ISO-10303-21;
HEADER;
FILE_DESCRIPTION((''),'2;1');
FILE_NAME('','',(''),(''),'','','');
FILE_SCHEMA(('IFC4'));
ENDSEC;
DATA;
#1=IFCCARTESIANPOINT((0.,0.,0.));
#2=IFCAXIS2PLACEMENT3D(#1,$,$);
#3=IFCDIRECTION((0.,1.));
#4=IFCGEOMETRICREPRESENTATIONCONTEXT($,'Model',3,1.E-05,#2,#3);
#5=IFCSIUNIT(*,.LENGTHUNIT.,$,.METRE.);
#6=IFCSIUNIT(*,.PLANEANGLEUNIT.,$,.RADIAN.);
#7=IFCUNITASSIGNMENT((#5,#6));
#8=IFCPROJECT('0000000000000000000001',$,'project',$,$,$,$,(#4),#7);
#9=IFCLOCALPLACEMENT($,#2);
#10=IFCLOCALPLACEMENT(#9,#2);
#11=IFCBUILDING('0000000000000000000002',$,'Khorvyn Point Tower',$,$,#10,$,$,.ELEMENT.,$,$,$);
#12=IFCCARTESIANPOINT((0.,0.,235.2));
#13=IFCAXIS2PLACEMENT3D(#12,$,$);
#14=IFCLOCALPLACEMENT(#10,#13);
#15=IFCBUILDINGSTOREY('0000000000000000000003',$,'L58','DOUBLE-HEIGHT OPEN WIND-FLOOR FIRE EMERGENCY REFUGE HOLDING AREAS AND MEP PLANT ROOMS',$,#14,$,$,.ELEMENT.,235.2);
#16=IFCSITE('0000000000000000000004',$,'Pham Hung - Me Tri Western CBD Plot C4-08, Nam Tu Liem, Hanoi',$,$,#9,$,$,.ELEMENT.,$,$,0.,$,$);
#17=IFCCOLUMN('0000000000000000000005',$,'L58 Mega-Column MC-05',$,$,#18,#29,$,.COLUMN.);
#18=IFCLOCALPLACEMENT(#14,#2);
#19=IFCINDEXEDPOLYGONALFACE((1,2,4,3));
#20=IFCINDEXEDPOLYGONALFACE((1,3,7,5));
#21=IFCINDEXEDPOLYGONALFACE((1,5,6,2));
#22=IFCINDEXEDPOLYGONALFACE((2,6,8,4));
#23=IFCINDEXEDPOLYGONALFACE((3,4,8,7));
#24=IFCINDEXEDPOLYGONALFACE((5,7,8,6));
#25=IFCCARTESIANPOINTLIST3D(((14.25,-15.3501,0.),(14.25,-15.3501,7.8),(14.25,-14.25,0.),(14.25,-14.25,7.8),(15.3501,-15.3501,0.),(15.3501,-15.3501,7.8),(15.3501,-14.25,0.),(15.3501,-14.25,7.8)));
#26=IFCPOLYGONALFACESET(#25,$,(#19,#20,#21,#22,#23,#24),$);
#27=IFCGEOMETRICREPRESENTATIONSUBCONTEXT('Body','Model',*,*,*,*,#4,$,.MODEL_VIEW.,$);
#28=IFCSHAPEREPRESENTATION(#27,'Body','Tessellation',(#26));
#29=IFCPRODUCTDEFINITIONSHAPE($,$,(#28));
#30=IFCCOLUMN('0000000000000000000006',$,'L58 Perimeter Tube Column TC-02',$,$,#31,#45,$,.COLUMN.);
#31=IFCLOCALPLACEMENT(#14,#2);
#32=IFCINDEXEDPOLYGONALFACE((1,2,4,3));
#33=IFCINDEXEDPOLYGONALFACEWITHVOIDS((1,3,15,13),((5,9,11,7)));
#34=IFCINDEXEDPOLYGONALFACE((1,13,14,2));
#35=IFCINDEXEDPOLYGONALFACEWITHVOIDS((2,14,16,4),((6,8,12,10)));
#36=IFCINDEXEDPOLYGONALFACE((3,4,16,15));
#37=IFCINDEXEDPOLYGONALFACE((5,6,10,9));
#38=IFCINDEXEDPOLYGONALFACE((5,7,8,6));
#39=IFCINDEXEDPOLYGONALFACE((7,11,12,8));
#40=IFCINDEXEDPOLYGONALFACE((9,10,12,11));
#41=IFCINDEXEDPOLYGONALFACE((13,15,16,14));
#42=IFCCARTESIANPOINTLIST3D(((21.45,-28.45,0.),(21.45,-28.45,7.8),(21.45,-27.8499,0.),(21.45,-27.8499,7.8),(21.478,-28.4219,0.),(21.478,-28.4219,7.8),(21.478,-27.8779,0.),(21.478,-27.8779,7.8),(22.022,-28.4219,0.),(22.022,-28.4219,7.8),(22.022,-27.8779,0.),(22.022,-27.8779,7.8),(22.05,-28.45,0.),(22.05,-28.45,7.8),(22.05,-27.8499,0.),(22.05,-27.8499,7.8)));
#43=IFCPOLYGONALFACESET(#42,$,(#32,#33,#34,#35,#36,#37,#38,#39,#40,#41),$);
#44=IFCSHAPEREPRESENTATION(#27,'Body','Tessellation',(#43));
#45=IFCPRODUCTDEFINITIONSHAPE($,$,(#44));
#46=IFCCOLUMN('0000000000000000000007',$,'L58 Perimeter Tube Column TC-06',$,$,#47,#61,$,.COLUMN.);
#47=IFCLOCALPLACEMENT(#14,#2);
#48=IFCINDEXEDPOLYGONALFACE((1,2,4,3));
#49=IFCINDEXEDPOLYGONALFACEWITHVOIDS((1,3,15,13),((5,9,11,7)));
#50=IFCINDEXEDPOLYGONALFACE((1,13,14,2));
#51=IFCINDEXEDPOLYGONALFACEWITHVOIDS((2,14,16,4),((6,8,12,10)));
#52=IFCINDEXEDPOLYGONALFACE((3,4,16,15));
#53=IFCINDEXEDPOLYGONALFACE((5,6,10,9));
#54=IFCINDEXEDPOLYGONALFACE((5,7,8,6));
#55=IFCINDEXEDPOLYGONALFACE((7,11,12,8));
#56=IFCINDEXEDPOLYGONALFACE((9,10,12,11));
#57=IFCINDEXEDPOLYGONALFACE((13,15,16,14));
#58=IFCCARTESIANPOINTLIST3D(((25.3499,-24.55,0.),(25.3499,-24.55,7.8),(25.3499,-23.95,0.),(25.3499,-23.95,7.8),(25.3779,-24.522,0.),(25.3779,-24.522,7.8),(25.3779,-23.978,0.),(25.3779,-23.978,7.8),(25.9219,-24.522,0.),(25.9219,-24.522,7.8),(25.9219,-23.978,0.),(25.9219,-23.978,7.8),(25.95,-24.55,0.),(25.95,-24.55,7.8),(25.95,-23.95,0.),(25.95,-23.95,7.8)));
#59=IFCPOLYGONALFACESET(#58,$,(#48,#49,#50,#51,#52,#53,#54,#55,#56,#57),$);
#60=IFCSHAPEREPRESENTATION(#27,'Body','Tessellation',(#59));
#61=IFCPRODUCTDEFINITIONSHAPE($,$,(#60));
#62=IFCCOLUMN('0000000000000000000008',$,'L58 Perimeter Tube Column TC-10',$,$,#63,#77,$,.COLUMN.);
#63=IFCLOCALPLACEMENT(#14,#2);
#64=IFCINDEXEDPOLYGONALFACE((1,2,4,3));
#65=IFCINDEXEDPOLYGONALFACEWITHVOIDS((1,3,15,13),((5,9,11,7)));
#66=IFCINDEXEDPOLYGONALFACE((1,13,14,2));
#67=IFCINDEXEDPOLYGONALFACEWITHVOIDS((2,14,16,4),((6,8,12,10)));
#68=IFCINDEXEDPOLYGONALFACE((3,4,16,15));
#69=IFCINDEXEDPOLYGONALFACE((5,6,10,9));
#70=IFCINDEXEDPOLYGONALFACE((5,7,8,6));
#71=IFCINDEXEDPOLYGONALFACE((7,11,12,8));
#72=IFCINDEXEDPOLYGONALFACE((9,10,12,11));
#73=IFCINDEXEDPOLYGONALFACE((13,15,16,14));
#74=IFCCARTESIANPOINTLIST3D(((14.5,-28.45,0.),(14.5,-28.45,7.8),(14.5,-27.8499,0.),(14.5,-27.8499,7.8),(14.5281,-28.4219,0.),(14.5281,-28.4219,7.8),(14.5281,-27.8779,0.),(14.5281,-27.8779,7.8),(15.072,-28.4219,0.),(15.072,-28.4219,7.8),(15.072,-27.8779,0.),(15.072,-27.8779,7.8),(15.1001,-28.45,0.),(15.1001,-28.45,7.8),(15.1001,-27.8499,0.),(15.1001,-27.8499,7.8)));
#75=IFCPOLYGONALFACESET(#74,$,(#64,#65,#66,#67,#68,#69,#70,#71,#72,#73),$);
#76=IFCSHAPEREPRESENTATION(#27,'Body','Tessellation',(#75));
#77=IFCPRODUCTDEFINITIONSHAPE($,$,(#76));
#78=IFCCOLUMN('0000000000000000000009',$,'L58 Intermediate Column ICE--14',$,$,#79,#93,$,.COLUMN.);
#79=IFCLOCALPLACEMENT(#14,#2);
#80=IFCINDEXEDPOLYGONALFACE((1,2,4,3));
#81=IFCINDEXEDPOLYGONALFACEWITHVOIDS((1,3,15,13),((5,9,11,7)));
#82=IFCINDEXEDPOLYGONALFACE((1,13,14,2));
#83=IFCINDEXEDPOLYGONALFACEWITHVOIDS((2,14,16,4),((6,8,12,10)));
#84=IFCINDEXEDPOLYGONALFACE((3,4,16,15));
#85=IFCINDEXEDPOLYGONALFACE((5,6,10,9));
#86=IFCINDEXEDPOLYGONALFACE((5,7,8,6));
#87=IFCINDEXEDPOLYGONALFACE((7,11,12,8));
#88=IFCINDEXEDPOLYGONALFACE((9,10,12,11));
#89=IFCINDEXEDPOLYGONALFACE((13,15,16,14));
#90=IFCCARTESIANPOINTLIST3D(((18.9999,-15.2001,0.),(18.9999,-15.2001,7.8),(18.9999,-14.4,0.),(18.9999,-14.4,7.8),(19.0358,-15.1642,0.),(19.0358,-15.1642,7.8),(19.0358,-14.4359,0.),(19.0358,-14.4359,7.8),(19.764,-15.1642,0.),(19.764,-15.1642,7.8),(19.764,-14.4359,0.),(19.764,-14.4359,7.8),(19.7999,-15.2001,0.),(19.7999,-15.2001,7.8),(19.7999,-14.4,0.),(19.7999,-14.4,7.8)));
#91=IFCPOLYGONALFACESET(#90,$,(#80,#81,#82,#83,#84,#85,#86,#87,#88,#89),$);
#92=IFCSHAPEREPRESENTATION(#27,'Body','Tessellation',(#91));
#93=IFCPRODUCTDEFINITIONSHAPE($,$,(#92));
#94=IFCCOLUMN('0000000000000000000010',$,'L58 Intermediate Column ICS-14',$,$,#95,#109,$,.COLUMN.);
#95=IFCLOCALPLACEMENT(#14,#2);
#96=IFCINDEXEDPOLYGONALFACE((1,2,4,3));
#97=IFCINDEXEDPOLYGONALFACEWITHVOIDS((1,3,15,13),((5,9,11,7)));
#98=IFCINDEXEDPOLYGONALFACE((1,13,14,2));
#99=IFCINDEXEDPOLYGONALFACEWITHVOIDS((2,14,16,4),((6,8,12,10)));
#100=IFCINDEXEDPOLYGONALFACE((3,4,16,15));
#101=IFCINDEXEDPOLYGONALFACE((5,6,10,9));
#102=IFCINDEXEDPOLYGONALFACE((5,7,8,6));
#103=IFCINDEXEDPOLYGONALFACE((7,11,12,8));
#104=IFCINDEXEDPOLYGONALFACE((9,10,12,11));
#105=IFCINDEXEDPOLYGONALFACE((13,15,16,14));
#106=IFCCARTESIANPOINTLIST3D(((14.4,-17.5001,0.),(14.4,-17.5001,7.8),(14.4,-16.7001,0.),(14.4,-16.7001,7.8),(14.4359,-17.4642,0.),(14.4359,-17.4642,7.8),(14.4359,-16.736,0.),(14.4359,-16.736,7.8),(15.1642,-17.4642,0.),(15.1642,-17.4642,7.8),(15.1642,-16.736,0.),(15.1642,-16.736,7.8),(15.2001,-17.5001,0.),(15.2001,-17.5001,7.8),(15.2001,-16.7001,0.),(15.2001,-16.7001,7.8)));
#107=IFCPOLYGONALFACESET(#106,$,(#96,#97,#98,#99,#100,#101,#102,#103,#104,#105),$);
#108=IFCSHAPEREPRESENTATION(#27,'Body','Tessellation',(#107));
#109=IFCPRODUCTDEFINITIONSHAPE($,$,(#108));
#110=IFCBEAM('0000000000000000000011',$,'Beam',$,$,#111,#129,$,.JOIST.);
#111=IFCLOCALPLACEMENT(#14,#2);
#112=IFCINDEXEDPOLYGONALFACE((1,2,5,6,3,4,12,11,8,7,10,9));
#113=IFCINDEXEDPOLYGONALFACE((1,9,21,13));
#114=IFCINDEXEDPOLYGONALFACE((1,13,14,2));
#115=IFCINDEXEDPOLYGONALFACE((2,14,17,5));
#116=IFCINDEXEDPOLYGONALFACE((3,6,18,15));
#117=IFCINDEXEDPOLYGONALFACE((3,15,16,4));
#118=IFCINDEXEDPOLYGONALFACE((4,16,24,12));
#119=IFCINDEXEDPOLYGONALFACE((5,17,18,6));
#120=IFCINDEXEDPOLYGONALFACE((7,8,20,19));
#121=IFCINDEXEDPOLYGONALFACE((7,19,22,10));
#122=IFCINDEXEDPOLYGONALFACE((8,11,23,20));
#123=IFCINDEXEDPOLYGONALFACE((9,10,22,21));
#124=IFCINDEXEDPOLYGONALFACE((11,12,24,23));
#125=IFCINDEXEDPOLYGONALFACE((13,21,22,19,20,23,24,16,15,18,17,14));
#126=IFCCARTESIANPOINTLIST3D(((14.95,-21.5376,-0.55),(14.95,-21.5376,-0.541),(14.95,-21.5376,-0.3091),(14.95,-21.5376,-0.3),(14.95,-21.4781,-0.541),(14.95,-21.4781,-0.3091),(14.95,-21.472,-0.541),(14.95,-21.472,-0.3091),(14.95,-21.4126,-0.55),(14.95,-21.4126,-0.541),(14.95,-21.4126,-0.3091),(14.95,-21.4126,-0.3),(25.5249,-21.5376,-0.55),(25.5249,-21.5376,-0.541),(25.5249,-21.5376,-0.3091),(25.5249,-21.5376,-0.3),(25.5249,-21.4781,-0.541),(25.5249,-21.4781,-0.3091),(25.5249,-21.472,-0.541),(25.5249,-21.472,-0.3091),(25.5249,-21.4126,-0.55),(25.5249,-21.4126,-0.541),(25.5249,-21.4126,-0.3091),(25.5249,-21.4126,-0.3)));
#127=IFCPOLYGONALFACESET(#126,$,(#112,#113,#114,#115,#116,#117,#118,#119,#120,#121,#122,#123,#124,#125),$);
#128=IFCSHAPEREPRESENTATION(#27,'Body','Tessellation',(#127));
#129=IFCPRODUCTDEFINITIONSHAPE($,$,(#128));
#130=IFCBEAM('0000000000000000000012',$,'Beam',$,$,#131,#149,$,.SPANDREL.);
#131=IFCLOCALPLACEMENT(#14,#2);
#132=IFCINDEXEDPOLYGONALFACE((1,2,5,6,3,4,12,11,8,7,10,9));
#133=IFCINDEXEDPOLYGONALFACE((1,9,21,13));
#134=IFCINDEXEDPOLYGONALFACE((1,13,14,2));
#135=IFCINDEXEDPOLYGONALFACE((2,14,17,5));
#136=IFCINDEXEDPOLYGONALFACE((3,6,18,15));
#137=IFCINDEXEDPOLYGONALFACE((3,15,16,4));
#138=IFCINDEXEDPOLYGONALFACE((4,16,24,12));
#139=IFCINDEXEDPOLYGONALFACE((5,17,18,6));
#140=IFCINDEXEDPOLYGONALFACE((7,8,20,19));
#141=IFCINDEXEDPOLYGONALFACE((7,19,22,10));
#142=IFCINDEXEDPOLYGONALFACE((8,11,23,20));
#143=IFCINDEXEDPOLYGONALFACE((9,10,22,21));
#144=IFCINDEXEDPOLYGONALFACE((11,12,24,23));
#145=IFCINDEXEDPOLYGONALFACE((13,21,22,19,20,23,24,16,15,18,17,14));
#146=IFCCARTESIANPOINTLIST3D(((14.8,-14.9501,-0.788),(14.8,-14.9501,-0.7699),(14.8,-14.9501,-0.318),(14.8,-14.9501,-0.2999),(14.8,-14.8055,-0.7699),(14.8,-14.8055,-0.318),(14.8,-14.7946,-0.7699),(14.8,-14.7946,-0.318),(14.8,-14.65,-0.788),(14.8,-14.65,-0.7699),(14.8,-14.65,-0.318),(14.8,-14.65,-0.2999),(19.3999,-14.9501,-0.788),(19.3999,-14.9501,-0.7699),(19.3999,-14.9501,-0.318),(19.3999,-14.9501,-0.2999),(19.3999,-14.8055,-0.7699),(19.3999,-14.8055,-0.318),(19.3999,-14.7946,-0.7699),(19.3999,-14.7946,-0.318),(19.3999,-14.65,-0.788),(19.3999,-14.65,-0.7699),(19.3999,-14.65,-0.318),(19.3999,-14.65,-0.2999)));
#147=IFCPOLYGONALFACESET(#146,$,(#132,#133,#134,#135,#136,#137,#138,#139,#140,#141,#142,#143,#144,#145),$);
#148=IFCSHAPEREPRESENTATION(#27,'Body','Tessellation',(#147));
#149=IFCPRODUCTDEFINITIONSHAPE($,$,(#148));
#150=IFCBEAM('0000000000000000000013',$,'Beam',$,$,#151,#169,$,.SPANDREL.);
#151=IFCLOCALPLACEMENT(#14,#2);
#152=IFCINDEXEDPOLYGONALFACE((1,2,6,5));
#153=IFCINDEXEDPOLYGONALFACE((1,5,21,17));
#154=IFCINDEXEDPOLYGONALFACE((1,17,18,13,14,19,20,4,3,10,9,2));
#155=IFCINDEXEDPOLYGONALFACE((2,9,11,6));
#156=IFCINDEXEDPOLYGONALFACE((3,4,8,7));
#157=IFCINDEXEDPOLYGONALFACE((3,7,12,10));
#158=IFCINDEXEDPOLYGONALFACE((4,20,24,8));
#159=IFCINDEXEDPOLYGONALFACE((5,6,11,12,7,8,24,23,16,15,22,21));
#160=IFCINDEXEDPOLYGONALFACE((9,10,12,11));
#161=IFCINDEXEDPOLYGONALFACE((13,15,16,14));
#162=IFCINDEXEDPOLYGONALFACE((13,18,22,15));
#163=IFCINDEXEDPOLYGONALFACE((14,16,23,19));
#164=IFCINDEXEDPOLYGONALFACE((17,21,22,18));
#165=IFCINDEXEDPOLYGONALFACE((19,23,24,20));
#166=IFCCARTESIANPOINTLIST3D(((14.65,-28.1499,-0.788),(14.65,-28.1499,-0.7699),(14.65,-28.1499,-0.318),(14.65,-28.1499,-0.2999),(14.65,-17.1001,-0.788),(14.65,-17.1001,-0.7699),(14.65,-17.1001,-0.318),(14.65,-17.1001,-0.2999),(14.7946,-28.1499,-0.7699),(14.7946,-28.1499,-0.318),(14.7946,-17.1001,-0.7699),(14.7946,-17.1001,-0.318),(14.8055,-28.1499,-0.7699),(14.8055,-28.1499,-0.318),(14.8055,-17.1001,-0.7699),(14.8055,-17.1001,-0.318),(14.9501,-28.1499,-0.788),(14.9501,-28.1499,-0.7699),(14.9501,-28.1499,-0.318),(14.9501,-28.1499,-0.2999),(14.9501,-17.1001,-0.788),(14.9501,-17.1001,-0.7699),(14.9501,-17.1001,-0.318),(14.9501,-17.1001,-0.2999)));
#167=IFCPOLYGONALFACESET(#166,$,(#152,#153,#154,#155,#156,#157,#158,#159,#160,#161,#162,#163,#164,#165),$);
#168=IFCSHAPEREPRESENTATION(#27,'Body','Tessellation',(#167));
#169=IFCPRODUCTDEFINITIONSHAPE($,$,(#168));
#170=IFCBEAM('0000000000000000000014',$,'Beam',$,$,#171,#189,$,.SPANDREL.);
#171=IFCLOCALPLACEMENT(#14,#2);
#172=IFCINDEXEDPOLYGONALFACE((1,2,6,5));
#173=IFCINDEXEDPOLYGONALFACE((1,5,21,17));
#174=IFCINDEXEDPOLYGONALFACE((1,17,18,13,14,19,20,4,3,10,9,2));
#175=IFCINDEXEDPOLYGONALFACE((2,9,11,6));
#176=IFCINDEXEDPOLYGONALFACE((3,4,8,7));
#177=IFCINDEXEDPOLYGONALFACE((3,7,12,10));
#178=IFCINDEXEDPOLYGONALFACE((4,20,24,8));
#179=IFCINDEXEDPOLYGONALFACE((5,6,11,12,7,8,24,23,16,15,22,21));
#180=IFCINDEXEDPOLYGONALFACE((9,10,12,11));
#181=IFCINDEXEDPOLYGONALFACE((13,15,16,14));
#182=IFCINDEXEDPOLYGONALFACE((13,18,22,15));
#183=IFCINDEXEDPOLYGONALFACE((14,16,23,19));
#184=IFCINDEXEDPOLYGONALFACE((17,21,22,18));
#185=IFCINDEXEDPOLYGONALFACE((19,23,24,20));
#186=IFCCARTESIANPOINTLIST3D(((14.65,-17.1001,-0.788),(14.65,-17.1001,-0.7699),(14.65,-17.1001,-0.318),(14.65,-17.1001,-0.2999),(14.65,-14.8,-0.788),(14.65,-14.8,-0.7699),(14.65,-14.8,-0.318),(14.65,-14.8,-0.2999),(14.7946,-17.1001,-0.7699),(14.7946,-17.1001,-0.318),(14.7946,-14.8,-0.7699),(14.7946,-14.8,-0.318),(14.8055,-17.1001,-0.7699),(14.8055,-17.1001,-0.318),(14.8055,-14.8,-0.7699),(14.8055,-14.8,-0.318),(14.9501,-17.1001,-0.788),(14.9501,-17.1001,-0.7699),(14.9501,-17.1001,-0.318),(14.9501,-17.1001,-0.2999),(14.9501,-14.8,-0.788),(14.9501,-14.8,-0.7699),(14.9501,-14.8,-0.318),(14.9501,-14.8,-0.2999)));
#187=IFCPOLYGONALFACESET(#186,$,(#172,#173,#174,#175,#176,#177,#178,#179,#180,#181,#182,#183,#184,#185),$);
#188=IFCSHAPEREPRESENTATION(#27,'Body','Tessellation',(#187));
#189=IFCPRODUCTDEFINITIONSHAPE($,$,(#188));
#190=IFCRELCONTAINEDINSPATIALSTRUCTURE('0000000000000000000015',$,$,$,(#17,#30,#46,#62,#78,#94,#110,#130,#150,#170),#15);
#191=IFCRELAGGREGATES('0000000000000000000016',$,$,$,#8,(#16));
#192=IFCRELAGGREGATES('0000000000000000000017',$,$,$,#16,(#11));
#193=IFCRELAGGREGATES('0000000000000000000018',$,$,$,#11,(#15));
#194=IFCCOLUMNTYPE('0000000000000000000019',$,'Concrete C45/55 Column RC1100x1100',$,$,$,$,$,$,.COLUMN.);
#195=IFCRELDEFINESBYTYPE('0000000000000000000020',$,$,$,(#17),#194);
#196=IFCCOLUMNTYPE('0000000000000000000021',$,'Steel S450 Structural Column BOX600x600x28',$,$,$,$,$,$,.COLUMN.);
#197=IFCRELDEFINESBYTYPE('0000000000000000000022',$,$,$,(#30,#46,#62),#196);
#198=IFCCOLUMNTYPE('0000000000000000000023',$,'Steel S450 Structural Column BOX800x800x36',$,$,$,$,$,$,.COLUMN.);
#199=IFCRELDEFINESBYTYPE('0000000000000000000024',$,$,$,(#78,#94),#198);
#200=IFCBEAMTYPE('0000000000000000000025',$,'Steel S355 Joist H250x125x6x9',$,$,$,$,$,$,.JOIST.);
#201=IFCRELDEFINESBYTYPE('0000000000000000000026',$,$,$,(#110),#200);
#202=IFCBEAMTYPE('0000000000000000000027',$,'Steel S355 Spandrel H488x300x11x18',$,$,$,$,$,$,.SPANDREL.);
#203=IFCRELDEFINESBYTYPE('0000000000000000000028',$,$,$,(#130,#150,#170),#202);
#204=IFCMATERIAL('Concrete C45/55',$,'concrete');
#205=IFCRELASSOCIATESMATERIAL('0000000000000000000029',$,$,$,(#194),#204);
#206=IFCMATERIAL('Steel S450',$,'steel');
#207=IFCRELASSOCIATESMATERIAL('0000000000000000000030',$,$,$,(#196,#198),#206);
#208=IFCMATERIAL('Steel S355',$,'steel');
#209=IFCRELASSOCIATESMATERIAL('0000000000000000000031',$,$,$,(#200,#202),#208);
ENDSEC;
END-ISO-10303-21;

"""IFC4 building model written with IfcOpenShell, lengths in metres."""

from ifc_helpers import new_model, si_unit, direction, frame, origin, origin_2d, place, context, subcontext, project, spatial, rectangle, hollow_rectangle, i_section, extrude, material, material_profile, profile_set, type_object, element, save


model = new_model("IFC4")

# Units and contexts
model_context = context("Model", 3, precision=1e-05, world=origin(), true_north=direction((0.0, 1.0)))
body_context = subcontext(model_context, "Body", "Model", "MODEL_VIEW")
ifc_project = project(units=[si_unit("LENGTHUNIT", "METRE"), si_unit("PLANEANGLEUNIT", "RADIAN")], contexts=[model_context])

# Site, building, storey
site_placement = place(None, origin())
site = spatial("IfcSite", under=ifc_project, at=site_placement, Name="Pham Hung - Me Tri Western CBD Plot C4-08, Nam Tu Liem, Hanoi", CompositionType="ELEMENT", RefElevation=0.0)
building_placement = place(site_placement, origin())
building = spatial("IfcBuilding", under=site, at=building_placement, Name="Khorvyn Point Tower", CompositionType="ELEMENT")
storey_placement = place(building_placement, frame((0.0, 0.0, 235.2)))
storey = spatial("IfcBuildingStorey", under=building, at=storey_placement, Name="L58", Description="DOUBLE-HEIGHT OPEN WIND-FLOOR FIRE EMERGENCY REFUGE HOLDING AREAS AND MEP PLANT ROOMS", CompositionType="ELEMENT", Elevation=235.2)

# Columns
ifc_material_1 = material(Name="Concrete C45/55", Category="concrete")
ifc_material_profile_1 = material_profile(ifc_material_1, rectangle(XDim=1.1001, YDim=1.1001, at=origin_2d()))
ifc_profile_set_1 = profile_set([ifc_material_profile_1], Name="Concrete C45/55 RC1100x1100")
column_type_1 = type_object("IfcColumnType", Name="Concrete C45/55 Column RC1100x1100", PredefinedType="COLUMN", material=ifc_profile_set_1)
column_placement = place(storey_placement, frame((14.8, -14.8, 0.0), z_axis=(0.0, 0.0, 1.0), x_axis=(1.0, 0.0, 0.0)))
element("IfcColumn", 1, at=column_placement, inside=storey, type_object=column_type_1, Name="L58 Mega-Column MC-05", PredefinedType="COLUMN", context=body_context, shape_type="SweptSolid", body=[
    extrude(rectangle(XDim=1.1001, YDim=1.1001, at=origin_2d()), origin(), (0.0, 0.0, 1.0), 7.8),
])
ifc_material_2 = material(Name="Steel S450", Category="steel")
ifc_material_profile_2 = material_profile(ifc_material_2, hollow_rectangle(XDim=0.6001, YDim=0.6001, WallThickness=0.0281, at=origin_2d()))
ifc_profile_set_2 = profile_set([ifc_material_profile_2], Name="Steel S450 BOX600x600x28")
column_type_2 = type_object("IfcColumnType", Name="Steel S450 Structural Column BOX600x600x28", PredefinedType="COLUMN", material=ifc_profile_set_2)
for number, where, z_axis, x_axis, name in (
    (2, (21.75, -28.1499, 0.0), (0.0, 0.0, 1.0), (1.0, 0.0, 0.0), "L58 Perimeter Tube Column TC-02"),
    (3, (25.6499, -24.25, 0.0), (0.0, 0.0, 1.0), (1.0, 0.0, 0.0), "L58 Perimeter Tube Column TC-06"),
    (4, (14.8, -28.1499, 0.0), (0.0, 0.0, 1.0), (1.0, 0.0, 0.0), "L58 Perimeter Tube Column TC-10"),
):
    element("IfcColumn", number, at=place(storey_placement, frame(where, z_axis=z_axis, x_axis=x_axis)), inside=storey, type_object=column_type_2, Name=name, PredefinedType="COLUMN", context=body_context, shape_type="SweptSolid", body=[
        extrude(hollow_rectangle(XDim=0.6001, YDim=0.6001, WallThickness=0.0281, at=origin_2d()), origin(), (0.0, 0.0, 1.0), 7.8),
    ])
ifc_material_profile_3 = material_profile(ifc_material_2, hollow_rectangle(XDim=0.8, YDim=0.8, WallThickness=0.0359, at=origin_2d()))
ifc_profile_set_3 = profile_set([ifc_material_profile_3], Name="Steel S450 BOX800x800x36")
column_type_3 = type_object("IfcColumnType", Name="Steel S450 Structural Column BOX800x800x36", PredefinedType="COLUMN", material=ifc_profile_set_3)
for number, where, z_axis, x_axis, name in (
    (5, (19.3999, -14.8, 0.0), (0.0, 0.0, 1.0), (1.0, 0.0, 0.0), "L58 Intermediate Column ICE--14"),
    (6, (14.8, -17.1001, 0.0), (0.0, 0.0, 1.0), (1.0, 0.0, 0.0), "L58 Intermediate Column ICS-14"),
):
    element("IfcColumn", number, at=place(storey_placement, frame(where, z_axis=z_axis, x_axis=x_axis)), inside=storey, type_object=column_type_3, Name=name, PredefinedType="COLUMN", context=body_context, shape_type="SweptSolid", body=[
        extrude(hollow_rectangle(XDim=0.8, YDim=0.8, WallThickness=0.0359, at=origin_2d()), origin(), (0.0, 0.0, 1.0), 7.8),
    ])

# Beams
ifc_material_3 = material(Name="Steel S355", Category="steel")
ifc_material_profile_4 = material_profile(ifc_material_3, i_section(OverallWidth=0.125, OverallDepth=0.25, WebThickness=0.0061, FlangeThickness=0.009, at=origin_2d()))
ifc_profile_set_4 = profile_set([ifc_material_profile_4], Name="Steel S355 H250x125x6x9")
beam_type_1 = type_object("IfcBeamType", Name="Steel S355 Joist H250x125x6x9", PredefinedType="JOIST", material=ifc_profile_set_4)
beam_1_placement = place(storey_placement, frame((14.95, -21.4751, -0.425), z_axis=(1.0, 0.0, 0.0), x_axis=(0.0, 1.0, 0.0)))
element("IfcBeam", 7, at=beam_1_placement, inside=storey, type_object=beam_type_1, Name="Beam", PredefinedType="JOIST", context=body_context, shape_type="SweptSolid", body=[
    extrude(i_section(OverallWidth=0.125, OverallDepth=0.25, WebThickness=0.0061, FlangeThickness=0.009, at=origin_2d()), origin(), (0.0, 0.0, 1.0), 10.575),
])
ifc_material_profile_5 = material_profile(ifc_material_3, i_section(OverallWidth=0.3, OverallDepth=0.488, WebThickness=0.011, FlangeThickness=0.0181, at=origin_2d()))
ifc_profile_set_5 = profile_set([ifc_material_profile_5], Name="Steel S355 H488x300x11x18")
beam_type_2 = type_object("IfcBeamType", Name="Steel S355 Spandrel H488x300x11x18", PredefinedType="SPANDREL", material=ifc_profile_set_5)
beam_2_placement = place(storey_placement, frame((14.8, -14.8, -0.5439), z_axis=(1.0, 0.0, 0.0), x_axis=(0.0, 1.0, 0.0)))
element("IfcBeam", 8, at=beam_2_placement, inside=storey, type_object=beam_type_2, Name="Beam", PredefinedType="SPANDREL", context=body_context, shape_type="SweptSolid", body=[
    extrude(i_section(OverallWidth=0.3, OverallDepth=0.488, WebThickness=0.011, FlangeThickness=0.0181, at=origin_2d()), origin(), (0.0, 0.0, 1.0), 4.5999),
])
beam_3_placement = place(storey_placement, frame((14.8, -28.1499, -0.5439), z_axis=(0.0, 1.0, 0.0), x_axis=(-1.0, 0.0, 0.0)))
element("IfcBeam", 9, at=beam_3_placement, inside=storey, type_object=beam_type_2, Name="Beam", PredefinedType="SPANDREL", context=body_context, shape_type="SweptSolid", body=[
    extrude(i_section(OverallWidth=0.3, OverallDepth=0.488, WebThickness=0.011, FlangeThickness=0.0181, at=origin_2d()), origin(), (0.0, 0.0, 1.0), 11.0498),
])
beam_4_placement = place(storey_placement, frame((14.8, -17.1001, -0.5439), z_axis=(0.0, 1.0, 0.0), x_axis=(-1.0, 0.0, 0.0)))
element("IfcBeam", 10, at=beam_4_placement, inside=storey, type_object=beam_type_2, Name="Beam", PredefinedType="SPANDREL", context=body_context, shape_type="SweptSolid", body=[
    extrude(i_section(OverallWidth=0.3, OverallDepth=0.488, WebThickness=0.011, FlangeThickness=0.0181, at=origin_2d()), origin(), (0.0, 0.0, 1.0), 2.3),
])

save(model, "model.ifc")
